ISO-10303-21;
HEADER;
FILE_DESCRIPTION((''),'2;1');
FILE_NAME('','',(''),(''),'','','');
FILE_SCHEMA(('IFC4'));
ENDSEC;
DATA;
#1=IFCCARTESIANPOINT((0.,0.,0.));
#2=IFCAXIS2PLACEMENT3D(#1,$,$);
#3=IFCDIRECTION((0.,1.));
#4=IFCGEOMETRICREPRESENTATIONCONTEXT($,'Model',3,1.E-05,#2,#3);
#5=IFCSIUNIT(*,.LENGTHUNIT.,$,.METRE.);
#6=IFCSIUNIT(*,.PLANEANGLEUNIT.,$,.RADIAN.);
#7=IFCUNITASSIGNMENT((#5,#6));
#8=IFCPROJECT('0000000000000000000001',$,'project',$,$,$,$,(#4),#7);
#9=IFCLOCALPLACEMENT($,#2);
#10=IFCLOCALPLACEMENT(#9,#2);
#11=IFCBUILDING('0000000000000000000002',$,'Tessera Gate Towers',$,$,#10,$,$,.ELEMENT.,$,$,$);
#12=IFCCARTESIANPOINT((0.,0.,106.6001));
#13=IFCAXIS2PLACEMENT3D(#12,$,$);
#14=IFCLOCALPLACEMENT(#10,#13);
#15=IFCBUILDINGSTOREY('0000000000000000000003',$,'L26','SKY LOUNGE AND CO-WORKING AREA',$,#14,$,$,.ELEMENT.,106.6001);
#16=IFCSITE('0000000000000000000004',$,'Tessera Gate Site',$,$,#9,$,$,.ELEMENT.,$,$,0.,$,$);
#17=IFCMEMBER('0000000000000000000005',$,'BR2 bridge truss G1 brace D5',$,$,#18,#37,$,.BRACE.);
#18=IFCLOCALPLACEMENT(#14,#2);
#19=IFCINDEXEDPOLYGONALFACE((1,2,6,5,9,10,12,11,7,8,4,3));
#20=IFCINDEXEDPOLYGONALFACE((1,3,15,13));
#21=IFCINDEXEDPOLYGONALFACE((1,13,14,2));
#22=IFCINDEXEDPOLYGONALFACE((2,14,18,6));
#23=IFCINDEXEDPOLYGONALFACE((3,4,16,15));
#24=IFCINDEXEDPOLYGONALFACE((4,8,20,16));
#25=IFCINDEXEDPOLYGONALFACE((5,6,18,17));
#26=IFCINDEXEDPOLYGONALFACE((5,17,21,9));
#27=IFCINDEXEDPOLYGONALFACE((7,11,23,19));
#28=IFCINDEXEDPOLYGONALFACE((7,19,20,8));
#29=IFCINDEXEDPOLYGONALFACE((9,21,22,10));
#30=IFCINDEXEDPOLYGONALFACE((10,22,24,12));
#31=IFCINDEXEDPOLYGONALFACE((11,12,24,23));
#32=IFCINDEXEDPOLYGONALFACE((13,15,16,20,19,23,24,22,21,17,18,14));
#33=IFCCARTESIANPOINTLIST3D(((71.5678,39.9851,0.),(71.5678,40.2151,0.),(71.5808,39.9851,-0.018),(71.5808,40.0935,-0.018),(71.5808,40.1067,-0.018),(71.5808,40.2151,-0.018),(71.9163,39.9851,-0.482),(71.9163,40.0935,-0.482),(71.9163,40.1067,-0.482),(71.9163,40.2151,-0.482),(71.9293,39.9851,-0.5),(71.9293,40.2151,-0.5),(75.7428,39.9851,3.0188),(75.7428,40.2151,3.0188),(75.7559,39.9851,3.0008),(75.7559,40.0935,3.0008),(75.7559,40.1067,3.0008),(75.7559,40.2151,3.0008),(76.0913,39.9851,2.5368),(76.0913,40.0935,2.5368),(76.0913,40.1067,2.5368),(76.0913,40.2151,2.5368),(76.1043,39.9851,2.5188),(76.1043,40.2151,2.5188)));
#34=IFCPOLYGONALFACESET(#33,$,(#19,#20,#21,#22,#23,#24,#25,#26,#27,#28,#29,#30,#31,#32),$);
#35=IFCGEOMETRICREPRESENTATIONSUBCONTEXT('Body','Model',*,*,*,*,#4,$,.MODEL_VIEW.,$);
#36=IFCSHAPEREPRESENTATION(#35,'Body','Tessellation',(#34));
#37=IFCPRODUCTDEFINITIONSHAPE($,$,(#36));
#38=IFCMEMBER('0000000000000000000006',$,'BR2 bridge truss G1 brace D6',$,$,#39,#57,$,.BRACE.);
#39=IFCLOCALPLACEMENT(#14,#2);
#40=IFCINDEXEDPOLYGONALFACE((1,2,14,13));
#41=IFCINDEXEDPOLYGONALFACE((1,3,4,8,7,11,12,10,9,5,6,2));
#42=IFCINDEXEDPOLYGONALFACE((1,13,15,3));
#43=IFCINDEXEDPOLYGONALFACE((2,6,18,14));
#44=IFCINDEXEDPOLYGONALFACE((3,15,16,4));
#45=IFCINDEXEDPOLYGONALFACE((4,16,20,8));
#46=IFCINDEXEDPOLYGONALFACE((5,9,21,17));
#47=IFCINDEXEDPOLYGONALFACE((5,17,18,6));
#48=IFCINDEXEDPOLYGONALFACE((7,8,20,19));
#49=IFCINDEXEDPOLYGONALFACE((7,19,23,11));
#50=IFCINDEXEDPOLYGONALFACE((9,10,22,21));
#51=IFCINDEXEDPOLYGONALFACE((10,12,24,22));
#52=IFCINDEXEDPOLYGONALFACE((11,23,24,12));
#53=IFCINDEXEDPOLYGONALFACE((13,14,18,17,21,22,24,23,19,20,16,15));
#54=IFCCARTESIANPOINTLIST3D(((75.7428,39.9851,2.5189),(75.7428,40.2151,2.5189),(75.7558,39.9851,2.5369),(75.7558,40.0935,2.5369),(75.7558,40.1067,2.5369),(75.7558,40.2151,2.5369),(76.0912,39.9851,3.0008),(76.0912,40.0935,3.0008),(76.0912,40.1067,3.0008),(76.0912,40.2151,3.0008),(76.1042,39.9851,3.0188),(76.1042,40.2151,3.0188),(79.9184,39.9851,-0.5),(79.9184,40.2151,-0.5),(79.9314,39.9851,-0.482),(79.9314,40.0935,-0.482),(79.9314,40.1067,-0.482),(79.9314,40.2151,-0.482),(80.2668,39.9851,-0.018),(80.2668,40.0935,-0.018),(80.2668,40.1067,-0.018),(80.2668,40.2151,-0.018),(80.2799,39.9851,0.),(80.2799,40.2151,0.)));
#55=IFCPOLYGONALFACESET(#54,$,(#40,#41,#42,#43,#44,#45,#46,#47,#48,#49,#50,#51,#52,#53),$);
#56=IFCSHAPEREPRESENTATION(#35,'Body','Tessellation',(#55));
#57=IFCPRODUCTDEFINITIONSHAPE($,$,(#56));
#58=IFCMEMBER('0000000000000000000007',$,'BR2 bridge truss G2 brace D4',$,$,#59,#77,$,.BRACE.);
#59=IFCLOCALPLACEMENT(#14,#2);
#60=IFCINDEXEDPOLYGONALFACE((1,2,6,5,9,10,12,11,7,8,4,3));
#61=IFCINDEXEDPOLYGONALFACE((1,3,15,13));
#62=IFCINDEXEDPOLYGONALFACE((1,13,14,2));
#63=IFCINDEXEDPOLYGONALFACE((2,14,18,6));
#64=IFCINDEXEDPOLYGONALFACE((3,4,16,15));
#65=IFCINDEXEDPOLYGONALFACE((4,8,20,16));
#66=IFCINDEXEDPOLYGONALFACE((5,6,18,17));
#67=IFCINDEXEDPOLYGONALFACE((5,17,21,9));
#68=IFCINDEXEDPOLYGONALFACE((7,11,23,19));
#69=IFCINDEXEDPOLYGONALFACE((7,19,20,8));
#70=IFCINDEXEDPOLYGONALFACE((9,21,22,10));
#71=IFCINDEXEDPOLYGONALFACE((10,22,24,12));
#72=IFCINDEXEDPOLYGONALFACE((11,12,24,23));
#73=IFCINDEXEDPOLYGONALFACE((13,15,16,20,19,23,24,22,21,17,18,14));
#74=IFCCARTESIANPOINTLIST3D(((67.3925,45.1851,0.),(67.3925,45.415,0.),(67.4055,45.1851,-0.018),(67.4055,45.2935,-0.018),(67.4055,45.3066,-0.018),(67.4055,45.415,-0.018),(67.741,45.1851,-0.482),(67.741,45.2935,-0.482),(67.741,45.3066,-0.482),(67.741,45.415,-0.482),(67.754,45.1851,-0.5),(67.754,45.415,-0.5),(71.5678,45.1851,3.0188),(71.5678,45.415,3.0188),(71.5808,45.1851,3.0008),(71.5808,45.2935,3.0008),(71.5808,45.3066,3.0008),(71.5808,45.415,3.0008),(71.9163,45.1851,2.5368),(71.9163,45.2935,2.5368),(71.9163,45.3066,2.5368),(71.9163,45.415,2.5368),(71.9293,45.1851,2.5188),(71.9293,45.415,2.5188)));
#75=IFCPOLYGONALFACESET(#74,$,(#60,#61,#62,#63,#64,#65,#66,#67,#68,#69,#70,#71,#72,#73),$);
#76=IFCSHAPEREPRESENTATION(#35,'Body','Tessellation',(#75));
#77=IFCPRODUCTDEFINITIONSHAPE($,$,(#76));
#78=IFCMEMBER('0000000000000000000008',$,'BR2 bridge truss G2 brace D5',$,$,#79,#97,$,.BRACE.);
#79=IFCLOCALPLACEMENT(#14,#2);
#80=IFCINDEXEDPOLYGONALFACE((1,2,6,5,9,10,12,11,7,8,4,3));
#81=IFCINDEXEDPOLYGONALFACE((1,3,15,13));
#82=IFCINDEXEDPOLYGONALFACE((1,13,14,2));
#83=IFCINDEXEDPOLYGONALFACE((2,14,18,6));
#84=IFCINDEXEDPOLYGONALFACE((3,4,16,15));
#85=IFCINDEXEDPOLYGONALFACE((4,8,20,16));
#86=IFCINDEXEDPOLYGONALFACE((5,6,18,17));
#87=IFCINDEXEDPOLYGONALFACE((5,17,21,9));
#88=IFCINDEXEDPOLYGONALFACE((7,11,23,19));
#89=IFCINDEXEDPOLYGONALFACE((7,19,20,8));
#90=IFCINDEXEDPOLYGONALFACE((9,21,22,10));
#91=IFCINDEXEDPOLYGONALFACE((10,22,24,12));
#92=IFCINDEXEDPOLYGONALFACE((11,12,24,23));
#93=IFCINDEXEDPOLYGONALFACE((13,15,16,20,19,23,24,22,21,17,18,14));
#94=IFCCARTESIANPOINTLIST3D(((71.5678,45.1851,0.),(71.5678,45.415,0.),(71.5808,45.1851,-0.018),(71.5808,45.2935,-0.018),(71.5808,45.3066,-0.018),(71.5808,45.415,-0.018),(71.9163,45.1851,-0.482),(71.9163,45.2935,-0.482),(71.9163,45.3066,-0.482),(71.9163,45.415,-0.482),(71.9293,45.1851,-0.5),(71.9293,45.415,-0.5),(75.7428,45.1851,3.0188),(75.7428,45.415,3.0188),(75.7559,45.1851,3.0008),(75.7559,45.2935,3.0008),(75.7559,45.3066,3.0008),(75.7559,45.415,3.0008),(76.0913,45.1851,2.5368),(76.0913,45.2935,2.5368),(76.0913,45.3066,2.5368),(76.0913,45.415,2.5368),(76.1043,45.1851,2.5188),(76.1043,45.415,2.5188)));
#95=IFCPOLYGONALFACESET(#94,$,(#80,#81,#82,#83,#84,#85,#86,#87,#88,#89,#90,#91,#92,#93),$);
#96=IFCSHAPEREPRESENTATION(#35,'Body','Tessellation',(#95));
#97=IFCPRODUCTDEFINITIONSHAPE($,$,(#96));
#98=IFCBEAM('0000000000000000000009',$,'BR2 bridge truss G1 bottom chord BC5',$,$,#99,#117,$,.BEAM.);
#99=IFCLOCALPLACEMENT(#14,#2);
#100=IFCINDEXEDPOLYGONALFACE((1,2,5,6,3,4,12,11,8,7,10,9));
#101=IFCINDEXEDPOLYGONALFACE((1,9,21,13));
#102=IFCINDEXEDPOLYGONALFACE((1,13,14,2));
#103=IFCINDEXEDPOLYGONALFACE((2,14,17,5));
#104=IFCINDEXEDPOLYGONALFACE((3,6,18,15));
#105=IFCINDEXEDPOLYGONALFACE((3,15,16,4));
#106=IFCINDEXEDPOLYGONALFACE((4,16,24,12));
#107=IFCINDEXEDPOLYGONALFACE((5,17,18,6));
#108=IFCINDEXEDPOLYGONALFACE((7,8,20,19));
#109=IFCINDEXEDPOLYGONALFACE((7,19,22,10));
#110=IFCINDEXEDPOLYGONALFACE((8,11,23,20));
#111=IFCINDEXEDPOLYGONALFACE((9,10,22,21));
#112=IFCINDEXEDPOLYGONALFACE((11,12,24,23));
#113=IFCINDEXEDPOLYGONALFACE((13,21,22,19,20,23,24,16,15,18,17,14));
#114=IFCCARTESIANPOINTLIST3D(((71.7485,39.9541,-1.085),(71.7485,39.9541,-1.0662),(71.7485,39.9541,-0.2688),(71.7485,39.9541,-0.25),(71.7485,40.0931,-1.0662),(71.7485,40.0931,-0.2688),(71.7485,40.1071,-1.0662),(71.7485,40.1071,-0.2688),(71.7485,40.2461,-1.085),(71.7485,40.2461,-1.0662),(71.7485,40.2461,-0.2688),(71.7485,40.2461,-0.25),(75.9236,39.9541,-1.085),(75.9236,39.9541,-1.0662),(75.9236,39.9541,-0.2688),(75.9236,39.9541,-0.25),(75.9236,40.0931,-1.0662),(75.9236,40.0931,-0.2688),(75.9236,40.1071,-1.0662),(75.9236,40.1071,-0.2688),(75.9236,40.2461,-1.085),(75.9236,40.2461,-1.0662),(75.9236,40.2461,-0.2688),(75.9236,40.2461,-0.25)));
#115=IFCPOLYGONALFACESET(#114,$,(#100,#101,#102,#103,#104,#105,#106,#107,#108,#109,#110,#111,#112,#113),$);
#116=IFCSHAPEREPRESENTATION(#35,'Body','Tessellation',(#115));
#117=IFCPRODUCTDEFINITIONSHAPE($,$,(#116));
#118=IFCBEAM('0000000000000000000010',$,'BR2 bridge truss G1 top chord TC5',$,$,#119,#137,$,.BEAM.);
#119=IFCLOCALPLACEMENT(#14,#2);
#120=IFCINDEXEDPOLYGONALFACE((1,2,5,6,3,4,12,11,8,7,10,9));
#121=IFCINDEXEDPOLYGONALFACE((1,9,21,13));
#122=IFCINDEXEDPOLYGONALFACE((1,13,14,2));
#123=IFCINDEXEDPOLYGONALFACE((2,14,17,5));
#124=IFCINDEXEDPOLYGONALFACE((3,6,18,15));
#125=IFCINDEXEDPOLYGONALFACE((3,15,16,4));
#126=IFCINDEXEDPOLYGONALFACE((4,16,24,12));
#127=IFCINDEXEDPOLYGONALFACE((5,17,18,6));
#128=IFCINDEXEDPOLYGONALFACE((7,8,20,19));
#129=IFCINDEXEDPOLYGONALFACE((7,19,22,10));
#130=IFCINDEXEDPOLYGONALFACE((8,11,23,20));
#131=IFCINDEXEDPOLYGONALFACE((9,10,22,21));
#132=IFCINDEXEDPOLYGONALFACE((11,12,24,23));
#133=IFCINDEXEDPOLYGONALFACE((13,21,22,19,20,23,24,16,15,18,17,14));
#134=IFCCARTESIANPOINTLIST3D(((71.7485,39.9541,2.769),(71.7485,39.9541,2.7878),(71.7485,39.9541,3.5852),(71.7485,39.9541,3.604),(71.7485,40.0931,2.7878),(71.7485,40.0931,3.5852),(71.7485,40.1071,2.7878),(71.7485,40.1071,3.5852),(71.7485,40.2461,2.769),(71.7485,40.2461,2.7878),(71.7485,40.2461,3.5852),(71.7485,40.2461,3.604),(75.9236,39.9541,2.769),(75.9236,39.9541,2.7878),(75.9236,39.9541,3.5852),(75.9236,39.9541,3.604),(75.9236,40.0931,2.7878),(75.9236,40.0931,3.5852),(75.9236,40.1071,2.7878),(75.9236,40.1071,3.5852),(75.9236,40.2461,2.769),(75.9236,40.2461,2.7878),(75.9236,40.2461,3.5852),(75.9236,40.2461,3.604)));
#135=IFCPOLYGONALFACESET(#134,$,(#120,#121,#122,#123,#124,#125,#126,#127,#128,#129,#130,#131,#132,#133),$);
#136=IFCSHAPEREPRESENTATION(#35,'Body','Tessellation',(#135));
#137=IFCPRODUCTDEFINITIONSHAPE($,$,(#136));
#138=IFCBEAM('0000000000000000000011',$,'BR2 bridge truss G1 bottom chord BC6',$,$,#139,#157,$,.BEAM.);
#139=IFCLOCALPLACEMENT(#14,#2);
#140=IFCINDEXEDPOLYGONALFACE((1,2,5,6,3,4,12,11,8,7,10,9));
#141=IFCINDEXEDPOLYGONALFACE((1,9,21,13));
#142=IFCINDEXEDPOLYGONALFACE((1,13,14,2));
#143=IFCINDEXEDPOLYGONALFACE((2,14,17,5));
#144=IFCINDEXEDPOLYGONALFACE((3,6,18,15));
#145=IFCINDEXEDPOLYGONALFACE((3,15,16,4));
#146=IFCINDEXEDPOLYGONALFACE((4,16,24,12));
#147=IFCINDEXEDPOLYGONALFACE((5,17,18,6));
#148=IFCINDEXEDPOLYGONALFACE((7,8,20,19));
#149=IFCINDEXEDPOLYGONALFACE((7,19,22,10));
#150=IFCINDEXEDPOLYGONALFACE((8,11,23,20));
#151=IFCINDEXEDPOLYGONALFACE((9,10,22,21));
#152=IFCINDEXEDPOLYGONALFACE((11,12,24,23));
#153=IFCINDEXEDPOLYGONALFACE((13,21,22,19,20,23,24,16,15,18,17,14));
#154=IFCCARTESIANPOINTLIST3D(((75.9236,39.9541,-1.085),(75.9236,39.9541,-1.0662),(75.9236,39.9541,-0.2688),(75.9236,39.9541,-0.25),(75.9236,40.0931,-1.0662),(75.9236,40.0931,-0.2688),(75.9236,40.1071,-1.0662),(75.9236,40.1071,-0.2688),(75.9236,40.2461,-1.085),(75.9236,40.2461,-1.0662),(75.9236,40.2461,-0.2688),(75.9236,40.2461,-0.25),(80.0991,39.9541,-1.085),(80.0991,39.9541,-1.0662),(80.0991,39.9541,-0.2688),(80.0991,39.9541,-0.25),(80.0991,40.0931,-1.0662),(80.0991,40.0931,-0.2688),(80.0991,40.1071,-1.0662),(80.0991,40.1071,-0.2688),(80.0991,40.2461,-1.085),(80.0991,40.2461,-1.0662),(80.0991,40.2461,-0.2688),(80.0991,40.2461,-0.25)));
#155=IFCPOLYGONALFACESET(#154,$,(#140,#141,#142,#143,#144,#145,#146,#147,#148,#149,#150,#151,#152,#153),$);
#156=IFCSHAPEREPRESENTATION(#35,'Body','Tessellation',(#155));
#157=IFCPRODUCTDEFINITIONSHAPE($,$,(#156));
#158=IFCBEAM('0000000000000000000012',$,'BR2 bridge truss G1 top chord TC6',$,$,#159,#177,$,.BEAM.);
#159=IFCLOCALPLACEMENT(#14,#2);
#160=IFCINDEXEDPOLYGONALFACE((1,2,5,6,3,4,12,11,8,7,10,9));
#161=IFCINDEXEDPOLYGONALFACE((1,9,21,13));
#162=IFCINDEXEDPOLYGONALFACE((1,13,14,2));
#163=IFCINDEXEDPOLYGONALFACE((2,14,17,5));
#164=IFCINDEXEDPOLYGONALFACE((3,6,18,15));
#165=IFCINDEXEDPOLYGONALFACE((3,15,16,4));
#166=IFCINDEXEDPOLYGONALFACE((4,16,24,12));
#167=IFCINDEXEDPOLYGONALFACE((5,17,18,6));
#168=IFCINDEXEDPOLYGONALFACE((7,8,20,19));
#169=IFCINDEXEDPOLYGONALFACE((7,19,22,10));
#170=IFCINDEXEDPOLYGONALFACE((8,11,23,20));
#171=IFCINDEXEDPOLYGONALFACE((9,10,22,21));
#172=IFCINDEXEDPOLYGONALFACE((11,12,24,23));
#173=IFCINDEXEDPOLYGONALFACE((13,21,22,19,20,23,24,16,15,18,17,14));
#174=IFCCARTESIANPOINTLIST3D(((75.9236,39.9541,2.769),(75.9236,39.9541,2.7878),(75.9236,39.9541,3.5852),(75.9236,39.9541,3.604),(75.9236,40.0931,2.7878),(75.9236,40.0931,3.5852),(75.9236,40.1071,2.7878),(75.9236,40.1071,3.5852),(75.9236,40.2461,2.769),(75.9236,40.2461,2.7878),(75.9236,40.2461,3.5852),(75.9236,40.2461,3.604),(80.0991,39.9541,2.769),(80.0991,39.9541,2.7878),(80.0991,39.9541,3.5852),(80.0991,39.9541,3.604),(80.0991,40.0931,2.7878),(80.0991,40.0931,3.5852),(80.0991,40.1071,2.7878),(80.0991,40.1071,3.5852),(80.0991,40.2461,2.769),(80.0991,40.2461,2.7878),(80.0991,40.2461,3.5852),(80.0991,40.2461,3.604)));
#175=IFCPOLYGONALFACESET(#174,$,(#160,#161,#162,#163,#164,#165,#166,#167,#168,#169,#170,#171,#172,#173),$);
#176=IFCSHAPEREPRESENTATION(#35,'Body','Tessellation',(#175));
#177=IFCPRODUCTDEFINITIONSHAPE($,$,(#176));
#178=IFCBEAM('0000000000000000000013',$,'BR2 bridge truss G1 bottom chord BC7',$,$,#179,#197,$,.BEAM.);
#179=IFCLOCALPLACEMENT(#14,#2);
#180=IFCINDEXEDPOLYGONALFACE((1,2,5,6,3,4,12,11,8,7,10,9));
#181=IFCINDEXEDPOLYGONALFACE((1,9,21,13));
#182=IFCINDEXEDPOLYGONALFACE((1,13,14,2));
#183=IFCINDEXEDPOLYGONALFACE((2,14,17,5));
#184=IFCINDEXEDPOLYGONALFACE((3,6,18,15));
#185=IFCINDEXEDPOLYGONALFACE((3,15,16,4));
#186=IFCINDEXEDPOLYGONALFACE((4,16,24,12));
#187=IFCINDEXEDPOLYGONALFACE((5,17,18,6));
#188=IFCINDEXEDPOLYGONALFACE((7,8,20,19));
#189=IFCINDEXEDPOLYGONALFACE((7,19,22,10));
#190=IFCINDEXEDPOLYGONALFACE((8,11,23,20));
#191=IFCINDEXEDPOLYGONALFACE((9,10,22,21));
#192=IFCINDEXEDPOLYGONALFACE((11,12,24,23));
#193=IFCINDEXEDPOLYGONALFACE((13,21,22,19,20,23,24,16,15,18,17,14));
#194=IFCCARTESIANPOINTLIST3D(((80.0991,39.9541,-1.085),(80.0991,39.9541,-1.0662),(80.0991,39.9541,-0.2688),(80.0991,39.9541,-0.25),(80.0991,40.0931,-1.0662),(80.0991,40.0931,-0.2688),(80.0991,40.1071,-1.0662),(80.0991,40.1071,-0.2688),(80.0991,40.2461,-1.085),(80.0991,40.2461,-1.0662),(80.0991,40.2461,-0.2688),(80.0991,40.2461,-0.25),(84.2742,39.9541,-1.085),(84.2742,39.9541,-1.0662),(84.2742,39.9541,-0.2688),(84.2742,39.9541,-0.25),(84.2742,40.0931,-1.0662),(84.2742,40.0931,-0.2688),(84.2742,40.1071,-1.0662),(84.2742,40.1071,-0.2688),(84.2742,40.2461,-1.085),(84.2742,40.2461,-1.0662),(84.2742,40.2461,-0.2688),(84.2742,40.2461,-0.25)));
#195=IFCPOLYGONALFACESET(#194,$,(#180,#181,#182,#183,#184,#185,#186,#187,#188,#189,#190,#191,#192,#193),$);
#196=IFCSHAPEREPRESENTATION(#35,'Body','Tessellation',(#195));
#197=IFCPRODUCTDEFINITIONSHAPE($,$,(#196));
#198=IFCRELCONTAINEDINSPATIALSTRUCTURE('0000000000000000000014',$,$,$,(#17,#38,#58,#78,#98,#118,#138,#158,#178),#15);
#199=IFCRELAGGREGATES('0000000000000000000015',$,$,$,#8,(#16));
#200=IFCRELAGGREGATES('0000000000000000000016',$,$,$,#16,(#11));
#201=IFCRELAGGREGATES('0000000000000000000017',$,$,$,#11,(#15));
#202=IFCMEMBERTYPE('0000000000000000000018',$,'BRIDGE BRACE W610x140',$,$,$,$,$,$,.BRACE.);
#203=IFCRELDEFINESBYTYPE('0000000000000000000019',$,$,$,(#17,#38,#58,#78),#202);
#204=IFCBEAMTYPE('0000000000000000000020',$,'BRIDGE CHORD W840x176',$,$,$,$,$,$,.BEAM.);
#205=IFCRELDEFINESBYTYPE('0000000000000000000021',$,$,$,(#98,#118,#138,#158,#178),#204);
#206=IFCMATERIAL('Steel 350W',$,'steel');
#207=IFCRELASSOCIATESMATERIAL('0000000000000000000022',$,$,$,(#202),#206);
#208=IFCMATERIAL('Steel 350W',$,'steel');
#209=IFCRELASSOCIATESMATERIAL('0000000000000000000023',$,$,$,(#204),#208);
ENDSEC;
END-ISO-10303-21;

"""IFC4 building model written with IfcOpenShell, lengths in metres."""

from ifc_helpers import new_model, si_unit, direction, frame, origin, origin_2d, place, context, subcontext, project, spatial, i_section, extrude, material, material_profile, profile_set, type_object, element, save


model = new_model("IFC4")

# Units and contexts
model_context = context("Model", 3, precision=1e-05, world=origin(), true_north=direction((0.0, 1.0)))
body_context = subcontext(model_context, "Body", "Model", "MODEL_VIEW")
ifc_project = project(units=[si_unit("LENGTHUNIT", "METRE"), si_unit("PLANEANGLEUNIT", "RADIAN")], contexts=[model_context])

# Site, building, storey
site_placement = place(None, origin())
site = spatial("IfcSite", under=ifc_project, at=site_placement, Name="Tessera Gate Site", CompositionType="ELEMENT", RefElevation=0.0)
building_placement = place(site_placement, origin())
building = spatial("IfcBuilding", under=site, at=building_placement, Name="Tessera Gate Towers", CompositionType="ELEMENT")
storey_placement = place(building_placement, frame((0.0, 0.0, 106.6001)))
storey = spatial("IfcBuildingStorey", under=building, at=storey_placement, Name="L26", Description="SKY LOUNGE AND CO-WORKING AREA", CompositionType="ELEMENT", Elevation=106.6001)

# Members
ifc_material_1 = material(Name="Steel 350W", Category="steel")
ifc_material_profile_1 = material_profile(ifc_material_1, i_section(OverallWidth=0.23, OverallDepth=0.6169, WebThickness=0.0132, FlangeThickness=0.0222, at=origin_2d()), Name="W610x140")
ifc_profile_set_1 = profile_set([ifc_material_profile_1], Name="Steel 350W")
member_type_1 = type_object("IfcMemberType", Name="BRIDGE BRACE W610x140", PredefinedType="BRACE", material=ifc_profile_set_1)
member_1_placement = place(storey_placement, frame((71.7485, 40.1001, -0.25), z_axis=(0.810358, 0.0, 0.585935), x_axis=(0.0, 1.0, 0.0)))
element("IfcMember", 1, at=member_1_placement, inside=storey, type_object=member_type_1, Name="BR2 bridge truss G1 brace D5", PredefinedType="BRACE", context=body_context, shape_type="SweptSolid", body=[
    extrude(i_section(OverallWidth=0.23, OverallDepth=0.6169, WebThickness=0.0132, FlangeThickness=0.0222, at=origin_2d()), origin(), (0.0, 0.0, 1.0), 5.1521),
])
member_2_placement = place(storey_placement, frame((80.0991, 40.1001, -0.25), z_axis=(-0.810391, 0.0, 0.58589), x_axis=(0.0, -1.0, 0.0)))
element("IfcMember", 2, at=member_2_placement, inside=storey, type_object=member_type_1, Name="BR2 bridge truss G1 brace D6", PredefinedType="BRACE", context=body_context, shape_type="SweptSolid", body=[
    extrude(i_section(OverallWidth=0.23, OverallDepth=0.6169, WebThickness=0.0132, FlangeThickness=0.0222, at=origin_2d()), origin(), (0.0, 0.0, 1.0), 5.1526),
])
member_3_placement = place(storey_placement, frame((67.5732, 45.3, -0.25), z_axis=(0.810374, 0.0, 0.585913), x_axis=(0.0, 1.0, 0.0)))
element("IfcMember", 3, at=member_3_placement, inside=storey, type_object=member_type_1, Name="BR2 bridge truss G2 brace D4", PredefinedType="BRACE", context=body_context, shape_type="SweptSolid", body=[
    extrude(i_section(OverallWidth=0.23, OverallDepth=0.6169, WebThickness=0.0132, FlangeThickness=0.0222, at=origin_2d()), origin(), (0.0, 0.0, 1.0), 5.1523),
])
member_4_placement = place(storey_placement, frame((71.7485, 45.3, -0.25), z_axis=(0.810358, 0.0, 0.585935), x_axis=(0.0, 1.0, 0.0)))
element("IfcMember", 4, at=member_4_placement, inside=storey, type_object=member_type_1, Name="BR2 bridge truss G2 brace D5", PredefinedType="BRACE", context=body_context, shape_type="SweptSolid", body=[
    extrude(i_section(OverallWidth=0.23, OverallDepth=0.6169, WebThickness=0.0132, FlangeThickness=0.0222, at=origin_2d()), origin(), (0.0, 0.0, 1.0), 5.1521),
])

# Beams
ifc_material_2 = material(Name="Steel 350W", Category="steel")
ifc_material_profile_2 = material_profile(ifc_material_2, i_section(OverallWidth=0.292, OverallDepth=0.835, WebThickness=0.0139, FlangeThickness=0.0188, at=origin_2d()), Name="W840x176")
ifc_profile_set_2 = profile_set([ifc_material_profile_2], Name="Steel 350W")
beam_type_1 = type_object("IfcBeamType", Name="BRIDGE CHORD W840x176", PredefinedType="BEAM", material=ifc_profile_set_2)
for number, where, z_axis, x_axis, name in (
    (5, (71.7485, 40.1001, -0.6675), (1.0, 0.0, 0.0), (0.0, 1.0, 0.0), "BR2 bridge truss G1 bottom chord BC5"),
    (6, (71.7485, 40.1001, 3.1865), (1.0, 0.0, 0.0), (0.0, 1.0, 0.0), "BR2 bridge truss G1 top chord TC5"),
):
    element("IfcBeam", number, at=place(storey_placement, frame(where, z_axis=z_axis, x_axis=x_axis)), inside=storey, type_object=beam_type_1, Name=name, PredefinedType="BEAM", context=body_context, shape_type="SweptSolid", body=[
        extrude(i_section(OverallWidth=0.292, OverallDepth=0.835, WebThickness=0.0139, FlangeThickness=0.0188, at=origin_2d()), origin(), (0.0, 0.0, 1.0), 4.175),
    ])
for number, where, z_axis, x_axis, name in (
    (7, (75.9236, 40.1001, -0.6675), (1.0, 0.0, 0.0), (0.0, 1.0, 0.0), "BR2 bridge truss G1 bottom chord BC6"),
    (8, (75.9236, 40.1001, 3.1865), (1.0, 0.0, 0.0), (0.0, 1.0, 0.0), "BR2 bridge truss G1 top chord TC6"),
):
    element("IfcBeam", number, at=place(storey_placement, frame(where, z_axis=z_axis, x_axis=x_axis)), inside=storey, type_object=beam_type_1, Name=name, PredefinedType="BEAM", context=body_context, shape_type="SweptSolid", body=[
        extrude(i_section(OverallWidth=0.292, OverallDepth=0.835, WebThickness=0.0139, FlangeThickness=0.0188, at=origin_2d()), origin(), (0.0, 0.0, 1.0), 4.1755),
    ])
for number, where, z_axis, x_axis, name in (
    (9, (80.0991, 40.1001, -0.6675), (1.0, 0.0, 0.0), (0.0, 1.0, 0.0), "BR2 bridge truss G1 bottom chord BC7"),
):
    element("IfcBeam", number, at=place(storey_placement, frame(where, z_axis=z_axis, x_axis=x_axis)), inside=storey, type_object=beam_type_1, Name=name, PredefinedType="BEAM", context=body_context, shape_type="SweptSolid", body=[
        extrude(i_section(OverallWidth=0.292, OverallDepth=0.835, WebThickness=0.0139, FlangeThickness=0.0188, at=origin_2d()), origin(), (0.0, 0.0, 1.0), 4.175),
    ])

save(model, "model.ifc")
